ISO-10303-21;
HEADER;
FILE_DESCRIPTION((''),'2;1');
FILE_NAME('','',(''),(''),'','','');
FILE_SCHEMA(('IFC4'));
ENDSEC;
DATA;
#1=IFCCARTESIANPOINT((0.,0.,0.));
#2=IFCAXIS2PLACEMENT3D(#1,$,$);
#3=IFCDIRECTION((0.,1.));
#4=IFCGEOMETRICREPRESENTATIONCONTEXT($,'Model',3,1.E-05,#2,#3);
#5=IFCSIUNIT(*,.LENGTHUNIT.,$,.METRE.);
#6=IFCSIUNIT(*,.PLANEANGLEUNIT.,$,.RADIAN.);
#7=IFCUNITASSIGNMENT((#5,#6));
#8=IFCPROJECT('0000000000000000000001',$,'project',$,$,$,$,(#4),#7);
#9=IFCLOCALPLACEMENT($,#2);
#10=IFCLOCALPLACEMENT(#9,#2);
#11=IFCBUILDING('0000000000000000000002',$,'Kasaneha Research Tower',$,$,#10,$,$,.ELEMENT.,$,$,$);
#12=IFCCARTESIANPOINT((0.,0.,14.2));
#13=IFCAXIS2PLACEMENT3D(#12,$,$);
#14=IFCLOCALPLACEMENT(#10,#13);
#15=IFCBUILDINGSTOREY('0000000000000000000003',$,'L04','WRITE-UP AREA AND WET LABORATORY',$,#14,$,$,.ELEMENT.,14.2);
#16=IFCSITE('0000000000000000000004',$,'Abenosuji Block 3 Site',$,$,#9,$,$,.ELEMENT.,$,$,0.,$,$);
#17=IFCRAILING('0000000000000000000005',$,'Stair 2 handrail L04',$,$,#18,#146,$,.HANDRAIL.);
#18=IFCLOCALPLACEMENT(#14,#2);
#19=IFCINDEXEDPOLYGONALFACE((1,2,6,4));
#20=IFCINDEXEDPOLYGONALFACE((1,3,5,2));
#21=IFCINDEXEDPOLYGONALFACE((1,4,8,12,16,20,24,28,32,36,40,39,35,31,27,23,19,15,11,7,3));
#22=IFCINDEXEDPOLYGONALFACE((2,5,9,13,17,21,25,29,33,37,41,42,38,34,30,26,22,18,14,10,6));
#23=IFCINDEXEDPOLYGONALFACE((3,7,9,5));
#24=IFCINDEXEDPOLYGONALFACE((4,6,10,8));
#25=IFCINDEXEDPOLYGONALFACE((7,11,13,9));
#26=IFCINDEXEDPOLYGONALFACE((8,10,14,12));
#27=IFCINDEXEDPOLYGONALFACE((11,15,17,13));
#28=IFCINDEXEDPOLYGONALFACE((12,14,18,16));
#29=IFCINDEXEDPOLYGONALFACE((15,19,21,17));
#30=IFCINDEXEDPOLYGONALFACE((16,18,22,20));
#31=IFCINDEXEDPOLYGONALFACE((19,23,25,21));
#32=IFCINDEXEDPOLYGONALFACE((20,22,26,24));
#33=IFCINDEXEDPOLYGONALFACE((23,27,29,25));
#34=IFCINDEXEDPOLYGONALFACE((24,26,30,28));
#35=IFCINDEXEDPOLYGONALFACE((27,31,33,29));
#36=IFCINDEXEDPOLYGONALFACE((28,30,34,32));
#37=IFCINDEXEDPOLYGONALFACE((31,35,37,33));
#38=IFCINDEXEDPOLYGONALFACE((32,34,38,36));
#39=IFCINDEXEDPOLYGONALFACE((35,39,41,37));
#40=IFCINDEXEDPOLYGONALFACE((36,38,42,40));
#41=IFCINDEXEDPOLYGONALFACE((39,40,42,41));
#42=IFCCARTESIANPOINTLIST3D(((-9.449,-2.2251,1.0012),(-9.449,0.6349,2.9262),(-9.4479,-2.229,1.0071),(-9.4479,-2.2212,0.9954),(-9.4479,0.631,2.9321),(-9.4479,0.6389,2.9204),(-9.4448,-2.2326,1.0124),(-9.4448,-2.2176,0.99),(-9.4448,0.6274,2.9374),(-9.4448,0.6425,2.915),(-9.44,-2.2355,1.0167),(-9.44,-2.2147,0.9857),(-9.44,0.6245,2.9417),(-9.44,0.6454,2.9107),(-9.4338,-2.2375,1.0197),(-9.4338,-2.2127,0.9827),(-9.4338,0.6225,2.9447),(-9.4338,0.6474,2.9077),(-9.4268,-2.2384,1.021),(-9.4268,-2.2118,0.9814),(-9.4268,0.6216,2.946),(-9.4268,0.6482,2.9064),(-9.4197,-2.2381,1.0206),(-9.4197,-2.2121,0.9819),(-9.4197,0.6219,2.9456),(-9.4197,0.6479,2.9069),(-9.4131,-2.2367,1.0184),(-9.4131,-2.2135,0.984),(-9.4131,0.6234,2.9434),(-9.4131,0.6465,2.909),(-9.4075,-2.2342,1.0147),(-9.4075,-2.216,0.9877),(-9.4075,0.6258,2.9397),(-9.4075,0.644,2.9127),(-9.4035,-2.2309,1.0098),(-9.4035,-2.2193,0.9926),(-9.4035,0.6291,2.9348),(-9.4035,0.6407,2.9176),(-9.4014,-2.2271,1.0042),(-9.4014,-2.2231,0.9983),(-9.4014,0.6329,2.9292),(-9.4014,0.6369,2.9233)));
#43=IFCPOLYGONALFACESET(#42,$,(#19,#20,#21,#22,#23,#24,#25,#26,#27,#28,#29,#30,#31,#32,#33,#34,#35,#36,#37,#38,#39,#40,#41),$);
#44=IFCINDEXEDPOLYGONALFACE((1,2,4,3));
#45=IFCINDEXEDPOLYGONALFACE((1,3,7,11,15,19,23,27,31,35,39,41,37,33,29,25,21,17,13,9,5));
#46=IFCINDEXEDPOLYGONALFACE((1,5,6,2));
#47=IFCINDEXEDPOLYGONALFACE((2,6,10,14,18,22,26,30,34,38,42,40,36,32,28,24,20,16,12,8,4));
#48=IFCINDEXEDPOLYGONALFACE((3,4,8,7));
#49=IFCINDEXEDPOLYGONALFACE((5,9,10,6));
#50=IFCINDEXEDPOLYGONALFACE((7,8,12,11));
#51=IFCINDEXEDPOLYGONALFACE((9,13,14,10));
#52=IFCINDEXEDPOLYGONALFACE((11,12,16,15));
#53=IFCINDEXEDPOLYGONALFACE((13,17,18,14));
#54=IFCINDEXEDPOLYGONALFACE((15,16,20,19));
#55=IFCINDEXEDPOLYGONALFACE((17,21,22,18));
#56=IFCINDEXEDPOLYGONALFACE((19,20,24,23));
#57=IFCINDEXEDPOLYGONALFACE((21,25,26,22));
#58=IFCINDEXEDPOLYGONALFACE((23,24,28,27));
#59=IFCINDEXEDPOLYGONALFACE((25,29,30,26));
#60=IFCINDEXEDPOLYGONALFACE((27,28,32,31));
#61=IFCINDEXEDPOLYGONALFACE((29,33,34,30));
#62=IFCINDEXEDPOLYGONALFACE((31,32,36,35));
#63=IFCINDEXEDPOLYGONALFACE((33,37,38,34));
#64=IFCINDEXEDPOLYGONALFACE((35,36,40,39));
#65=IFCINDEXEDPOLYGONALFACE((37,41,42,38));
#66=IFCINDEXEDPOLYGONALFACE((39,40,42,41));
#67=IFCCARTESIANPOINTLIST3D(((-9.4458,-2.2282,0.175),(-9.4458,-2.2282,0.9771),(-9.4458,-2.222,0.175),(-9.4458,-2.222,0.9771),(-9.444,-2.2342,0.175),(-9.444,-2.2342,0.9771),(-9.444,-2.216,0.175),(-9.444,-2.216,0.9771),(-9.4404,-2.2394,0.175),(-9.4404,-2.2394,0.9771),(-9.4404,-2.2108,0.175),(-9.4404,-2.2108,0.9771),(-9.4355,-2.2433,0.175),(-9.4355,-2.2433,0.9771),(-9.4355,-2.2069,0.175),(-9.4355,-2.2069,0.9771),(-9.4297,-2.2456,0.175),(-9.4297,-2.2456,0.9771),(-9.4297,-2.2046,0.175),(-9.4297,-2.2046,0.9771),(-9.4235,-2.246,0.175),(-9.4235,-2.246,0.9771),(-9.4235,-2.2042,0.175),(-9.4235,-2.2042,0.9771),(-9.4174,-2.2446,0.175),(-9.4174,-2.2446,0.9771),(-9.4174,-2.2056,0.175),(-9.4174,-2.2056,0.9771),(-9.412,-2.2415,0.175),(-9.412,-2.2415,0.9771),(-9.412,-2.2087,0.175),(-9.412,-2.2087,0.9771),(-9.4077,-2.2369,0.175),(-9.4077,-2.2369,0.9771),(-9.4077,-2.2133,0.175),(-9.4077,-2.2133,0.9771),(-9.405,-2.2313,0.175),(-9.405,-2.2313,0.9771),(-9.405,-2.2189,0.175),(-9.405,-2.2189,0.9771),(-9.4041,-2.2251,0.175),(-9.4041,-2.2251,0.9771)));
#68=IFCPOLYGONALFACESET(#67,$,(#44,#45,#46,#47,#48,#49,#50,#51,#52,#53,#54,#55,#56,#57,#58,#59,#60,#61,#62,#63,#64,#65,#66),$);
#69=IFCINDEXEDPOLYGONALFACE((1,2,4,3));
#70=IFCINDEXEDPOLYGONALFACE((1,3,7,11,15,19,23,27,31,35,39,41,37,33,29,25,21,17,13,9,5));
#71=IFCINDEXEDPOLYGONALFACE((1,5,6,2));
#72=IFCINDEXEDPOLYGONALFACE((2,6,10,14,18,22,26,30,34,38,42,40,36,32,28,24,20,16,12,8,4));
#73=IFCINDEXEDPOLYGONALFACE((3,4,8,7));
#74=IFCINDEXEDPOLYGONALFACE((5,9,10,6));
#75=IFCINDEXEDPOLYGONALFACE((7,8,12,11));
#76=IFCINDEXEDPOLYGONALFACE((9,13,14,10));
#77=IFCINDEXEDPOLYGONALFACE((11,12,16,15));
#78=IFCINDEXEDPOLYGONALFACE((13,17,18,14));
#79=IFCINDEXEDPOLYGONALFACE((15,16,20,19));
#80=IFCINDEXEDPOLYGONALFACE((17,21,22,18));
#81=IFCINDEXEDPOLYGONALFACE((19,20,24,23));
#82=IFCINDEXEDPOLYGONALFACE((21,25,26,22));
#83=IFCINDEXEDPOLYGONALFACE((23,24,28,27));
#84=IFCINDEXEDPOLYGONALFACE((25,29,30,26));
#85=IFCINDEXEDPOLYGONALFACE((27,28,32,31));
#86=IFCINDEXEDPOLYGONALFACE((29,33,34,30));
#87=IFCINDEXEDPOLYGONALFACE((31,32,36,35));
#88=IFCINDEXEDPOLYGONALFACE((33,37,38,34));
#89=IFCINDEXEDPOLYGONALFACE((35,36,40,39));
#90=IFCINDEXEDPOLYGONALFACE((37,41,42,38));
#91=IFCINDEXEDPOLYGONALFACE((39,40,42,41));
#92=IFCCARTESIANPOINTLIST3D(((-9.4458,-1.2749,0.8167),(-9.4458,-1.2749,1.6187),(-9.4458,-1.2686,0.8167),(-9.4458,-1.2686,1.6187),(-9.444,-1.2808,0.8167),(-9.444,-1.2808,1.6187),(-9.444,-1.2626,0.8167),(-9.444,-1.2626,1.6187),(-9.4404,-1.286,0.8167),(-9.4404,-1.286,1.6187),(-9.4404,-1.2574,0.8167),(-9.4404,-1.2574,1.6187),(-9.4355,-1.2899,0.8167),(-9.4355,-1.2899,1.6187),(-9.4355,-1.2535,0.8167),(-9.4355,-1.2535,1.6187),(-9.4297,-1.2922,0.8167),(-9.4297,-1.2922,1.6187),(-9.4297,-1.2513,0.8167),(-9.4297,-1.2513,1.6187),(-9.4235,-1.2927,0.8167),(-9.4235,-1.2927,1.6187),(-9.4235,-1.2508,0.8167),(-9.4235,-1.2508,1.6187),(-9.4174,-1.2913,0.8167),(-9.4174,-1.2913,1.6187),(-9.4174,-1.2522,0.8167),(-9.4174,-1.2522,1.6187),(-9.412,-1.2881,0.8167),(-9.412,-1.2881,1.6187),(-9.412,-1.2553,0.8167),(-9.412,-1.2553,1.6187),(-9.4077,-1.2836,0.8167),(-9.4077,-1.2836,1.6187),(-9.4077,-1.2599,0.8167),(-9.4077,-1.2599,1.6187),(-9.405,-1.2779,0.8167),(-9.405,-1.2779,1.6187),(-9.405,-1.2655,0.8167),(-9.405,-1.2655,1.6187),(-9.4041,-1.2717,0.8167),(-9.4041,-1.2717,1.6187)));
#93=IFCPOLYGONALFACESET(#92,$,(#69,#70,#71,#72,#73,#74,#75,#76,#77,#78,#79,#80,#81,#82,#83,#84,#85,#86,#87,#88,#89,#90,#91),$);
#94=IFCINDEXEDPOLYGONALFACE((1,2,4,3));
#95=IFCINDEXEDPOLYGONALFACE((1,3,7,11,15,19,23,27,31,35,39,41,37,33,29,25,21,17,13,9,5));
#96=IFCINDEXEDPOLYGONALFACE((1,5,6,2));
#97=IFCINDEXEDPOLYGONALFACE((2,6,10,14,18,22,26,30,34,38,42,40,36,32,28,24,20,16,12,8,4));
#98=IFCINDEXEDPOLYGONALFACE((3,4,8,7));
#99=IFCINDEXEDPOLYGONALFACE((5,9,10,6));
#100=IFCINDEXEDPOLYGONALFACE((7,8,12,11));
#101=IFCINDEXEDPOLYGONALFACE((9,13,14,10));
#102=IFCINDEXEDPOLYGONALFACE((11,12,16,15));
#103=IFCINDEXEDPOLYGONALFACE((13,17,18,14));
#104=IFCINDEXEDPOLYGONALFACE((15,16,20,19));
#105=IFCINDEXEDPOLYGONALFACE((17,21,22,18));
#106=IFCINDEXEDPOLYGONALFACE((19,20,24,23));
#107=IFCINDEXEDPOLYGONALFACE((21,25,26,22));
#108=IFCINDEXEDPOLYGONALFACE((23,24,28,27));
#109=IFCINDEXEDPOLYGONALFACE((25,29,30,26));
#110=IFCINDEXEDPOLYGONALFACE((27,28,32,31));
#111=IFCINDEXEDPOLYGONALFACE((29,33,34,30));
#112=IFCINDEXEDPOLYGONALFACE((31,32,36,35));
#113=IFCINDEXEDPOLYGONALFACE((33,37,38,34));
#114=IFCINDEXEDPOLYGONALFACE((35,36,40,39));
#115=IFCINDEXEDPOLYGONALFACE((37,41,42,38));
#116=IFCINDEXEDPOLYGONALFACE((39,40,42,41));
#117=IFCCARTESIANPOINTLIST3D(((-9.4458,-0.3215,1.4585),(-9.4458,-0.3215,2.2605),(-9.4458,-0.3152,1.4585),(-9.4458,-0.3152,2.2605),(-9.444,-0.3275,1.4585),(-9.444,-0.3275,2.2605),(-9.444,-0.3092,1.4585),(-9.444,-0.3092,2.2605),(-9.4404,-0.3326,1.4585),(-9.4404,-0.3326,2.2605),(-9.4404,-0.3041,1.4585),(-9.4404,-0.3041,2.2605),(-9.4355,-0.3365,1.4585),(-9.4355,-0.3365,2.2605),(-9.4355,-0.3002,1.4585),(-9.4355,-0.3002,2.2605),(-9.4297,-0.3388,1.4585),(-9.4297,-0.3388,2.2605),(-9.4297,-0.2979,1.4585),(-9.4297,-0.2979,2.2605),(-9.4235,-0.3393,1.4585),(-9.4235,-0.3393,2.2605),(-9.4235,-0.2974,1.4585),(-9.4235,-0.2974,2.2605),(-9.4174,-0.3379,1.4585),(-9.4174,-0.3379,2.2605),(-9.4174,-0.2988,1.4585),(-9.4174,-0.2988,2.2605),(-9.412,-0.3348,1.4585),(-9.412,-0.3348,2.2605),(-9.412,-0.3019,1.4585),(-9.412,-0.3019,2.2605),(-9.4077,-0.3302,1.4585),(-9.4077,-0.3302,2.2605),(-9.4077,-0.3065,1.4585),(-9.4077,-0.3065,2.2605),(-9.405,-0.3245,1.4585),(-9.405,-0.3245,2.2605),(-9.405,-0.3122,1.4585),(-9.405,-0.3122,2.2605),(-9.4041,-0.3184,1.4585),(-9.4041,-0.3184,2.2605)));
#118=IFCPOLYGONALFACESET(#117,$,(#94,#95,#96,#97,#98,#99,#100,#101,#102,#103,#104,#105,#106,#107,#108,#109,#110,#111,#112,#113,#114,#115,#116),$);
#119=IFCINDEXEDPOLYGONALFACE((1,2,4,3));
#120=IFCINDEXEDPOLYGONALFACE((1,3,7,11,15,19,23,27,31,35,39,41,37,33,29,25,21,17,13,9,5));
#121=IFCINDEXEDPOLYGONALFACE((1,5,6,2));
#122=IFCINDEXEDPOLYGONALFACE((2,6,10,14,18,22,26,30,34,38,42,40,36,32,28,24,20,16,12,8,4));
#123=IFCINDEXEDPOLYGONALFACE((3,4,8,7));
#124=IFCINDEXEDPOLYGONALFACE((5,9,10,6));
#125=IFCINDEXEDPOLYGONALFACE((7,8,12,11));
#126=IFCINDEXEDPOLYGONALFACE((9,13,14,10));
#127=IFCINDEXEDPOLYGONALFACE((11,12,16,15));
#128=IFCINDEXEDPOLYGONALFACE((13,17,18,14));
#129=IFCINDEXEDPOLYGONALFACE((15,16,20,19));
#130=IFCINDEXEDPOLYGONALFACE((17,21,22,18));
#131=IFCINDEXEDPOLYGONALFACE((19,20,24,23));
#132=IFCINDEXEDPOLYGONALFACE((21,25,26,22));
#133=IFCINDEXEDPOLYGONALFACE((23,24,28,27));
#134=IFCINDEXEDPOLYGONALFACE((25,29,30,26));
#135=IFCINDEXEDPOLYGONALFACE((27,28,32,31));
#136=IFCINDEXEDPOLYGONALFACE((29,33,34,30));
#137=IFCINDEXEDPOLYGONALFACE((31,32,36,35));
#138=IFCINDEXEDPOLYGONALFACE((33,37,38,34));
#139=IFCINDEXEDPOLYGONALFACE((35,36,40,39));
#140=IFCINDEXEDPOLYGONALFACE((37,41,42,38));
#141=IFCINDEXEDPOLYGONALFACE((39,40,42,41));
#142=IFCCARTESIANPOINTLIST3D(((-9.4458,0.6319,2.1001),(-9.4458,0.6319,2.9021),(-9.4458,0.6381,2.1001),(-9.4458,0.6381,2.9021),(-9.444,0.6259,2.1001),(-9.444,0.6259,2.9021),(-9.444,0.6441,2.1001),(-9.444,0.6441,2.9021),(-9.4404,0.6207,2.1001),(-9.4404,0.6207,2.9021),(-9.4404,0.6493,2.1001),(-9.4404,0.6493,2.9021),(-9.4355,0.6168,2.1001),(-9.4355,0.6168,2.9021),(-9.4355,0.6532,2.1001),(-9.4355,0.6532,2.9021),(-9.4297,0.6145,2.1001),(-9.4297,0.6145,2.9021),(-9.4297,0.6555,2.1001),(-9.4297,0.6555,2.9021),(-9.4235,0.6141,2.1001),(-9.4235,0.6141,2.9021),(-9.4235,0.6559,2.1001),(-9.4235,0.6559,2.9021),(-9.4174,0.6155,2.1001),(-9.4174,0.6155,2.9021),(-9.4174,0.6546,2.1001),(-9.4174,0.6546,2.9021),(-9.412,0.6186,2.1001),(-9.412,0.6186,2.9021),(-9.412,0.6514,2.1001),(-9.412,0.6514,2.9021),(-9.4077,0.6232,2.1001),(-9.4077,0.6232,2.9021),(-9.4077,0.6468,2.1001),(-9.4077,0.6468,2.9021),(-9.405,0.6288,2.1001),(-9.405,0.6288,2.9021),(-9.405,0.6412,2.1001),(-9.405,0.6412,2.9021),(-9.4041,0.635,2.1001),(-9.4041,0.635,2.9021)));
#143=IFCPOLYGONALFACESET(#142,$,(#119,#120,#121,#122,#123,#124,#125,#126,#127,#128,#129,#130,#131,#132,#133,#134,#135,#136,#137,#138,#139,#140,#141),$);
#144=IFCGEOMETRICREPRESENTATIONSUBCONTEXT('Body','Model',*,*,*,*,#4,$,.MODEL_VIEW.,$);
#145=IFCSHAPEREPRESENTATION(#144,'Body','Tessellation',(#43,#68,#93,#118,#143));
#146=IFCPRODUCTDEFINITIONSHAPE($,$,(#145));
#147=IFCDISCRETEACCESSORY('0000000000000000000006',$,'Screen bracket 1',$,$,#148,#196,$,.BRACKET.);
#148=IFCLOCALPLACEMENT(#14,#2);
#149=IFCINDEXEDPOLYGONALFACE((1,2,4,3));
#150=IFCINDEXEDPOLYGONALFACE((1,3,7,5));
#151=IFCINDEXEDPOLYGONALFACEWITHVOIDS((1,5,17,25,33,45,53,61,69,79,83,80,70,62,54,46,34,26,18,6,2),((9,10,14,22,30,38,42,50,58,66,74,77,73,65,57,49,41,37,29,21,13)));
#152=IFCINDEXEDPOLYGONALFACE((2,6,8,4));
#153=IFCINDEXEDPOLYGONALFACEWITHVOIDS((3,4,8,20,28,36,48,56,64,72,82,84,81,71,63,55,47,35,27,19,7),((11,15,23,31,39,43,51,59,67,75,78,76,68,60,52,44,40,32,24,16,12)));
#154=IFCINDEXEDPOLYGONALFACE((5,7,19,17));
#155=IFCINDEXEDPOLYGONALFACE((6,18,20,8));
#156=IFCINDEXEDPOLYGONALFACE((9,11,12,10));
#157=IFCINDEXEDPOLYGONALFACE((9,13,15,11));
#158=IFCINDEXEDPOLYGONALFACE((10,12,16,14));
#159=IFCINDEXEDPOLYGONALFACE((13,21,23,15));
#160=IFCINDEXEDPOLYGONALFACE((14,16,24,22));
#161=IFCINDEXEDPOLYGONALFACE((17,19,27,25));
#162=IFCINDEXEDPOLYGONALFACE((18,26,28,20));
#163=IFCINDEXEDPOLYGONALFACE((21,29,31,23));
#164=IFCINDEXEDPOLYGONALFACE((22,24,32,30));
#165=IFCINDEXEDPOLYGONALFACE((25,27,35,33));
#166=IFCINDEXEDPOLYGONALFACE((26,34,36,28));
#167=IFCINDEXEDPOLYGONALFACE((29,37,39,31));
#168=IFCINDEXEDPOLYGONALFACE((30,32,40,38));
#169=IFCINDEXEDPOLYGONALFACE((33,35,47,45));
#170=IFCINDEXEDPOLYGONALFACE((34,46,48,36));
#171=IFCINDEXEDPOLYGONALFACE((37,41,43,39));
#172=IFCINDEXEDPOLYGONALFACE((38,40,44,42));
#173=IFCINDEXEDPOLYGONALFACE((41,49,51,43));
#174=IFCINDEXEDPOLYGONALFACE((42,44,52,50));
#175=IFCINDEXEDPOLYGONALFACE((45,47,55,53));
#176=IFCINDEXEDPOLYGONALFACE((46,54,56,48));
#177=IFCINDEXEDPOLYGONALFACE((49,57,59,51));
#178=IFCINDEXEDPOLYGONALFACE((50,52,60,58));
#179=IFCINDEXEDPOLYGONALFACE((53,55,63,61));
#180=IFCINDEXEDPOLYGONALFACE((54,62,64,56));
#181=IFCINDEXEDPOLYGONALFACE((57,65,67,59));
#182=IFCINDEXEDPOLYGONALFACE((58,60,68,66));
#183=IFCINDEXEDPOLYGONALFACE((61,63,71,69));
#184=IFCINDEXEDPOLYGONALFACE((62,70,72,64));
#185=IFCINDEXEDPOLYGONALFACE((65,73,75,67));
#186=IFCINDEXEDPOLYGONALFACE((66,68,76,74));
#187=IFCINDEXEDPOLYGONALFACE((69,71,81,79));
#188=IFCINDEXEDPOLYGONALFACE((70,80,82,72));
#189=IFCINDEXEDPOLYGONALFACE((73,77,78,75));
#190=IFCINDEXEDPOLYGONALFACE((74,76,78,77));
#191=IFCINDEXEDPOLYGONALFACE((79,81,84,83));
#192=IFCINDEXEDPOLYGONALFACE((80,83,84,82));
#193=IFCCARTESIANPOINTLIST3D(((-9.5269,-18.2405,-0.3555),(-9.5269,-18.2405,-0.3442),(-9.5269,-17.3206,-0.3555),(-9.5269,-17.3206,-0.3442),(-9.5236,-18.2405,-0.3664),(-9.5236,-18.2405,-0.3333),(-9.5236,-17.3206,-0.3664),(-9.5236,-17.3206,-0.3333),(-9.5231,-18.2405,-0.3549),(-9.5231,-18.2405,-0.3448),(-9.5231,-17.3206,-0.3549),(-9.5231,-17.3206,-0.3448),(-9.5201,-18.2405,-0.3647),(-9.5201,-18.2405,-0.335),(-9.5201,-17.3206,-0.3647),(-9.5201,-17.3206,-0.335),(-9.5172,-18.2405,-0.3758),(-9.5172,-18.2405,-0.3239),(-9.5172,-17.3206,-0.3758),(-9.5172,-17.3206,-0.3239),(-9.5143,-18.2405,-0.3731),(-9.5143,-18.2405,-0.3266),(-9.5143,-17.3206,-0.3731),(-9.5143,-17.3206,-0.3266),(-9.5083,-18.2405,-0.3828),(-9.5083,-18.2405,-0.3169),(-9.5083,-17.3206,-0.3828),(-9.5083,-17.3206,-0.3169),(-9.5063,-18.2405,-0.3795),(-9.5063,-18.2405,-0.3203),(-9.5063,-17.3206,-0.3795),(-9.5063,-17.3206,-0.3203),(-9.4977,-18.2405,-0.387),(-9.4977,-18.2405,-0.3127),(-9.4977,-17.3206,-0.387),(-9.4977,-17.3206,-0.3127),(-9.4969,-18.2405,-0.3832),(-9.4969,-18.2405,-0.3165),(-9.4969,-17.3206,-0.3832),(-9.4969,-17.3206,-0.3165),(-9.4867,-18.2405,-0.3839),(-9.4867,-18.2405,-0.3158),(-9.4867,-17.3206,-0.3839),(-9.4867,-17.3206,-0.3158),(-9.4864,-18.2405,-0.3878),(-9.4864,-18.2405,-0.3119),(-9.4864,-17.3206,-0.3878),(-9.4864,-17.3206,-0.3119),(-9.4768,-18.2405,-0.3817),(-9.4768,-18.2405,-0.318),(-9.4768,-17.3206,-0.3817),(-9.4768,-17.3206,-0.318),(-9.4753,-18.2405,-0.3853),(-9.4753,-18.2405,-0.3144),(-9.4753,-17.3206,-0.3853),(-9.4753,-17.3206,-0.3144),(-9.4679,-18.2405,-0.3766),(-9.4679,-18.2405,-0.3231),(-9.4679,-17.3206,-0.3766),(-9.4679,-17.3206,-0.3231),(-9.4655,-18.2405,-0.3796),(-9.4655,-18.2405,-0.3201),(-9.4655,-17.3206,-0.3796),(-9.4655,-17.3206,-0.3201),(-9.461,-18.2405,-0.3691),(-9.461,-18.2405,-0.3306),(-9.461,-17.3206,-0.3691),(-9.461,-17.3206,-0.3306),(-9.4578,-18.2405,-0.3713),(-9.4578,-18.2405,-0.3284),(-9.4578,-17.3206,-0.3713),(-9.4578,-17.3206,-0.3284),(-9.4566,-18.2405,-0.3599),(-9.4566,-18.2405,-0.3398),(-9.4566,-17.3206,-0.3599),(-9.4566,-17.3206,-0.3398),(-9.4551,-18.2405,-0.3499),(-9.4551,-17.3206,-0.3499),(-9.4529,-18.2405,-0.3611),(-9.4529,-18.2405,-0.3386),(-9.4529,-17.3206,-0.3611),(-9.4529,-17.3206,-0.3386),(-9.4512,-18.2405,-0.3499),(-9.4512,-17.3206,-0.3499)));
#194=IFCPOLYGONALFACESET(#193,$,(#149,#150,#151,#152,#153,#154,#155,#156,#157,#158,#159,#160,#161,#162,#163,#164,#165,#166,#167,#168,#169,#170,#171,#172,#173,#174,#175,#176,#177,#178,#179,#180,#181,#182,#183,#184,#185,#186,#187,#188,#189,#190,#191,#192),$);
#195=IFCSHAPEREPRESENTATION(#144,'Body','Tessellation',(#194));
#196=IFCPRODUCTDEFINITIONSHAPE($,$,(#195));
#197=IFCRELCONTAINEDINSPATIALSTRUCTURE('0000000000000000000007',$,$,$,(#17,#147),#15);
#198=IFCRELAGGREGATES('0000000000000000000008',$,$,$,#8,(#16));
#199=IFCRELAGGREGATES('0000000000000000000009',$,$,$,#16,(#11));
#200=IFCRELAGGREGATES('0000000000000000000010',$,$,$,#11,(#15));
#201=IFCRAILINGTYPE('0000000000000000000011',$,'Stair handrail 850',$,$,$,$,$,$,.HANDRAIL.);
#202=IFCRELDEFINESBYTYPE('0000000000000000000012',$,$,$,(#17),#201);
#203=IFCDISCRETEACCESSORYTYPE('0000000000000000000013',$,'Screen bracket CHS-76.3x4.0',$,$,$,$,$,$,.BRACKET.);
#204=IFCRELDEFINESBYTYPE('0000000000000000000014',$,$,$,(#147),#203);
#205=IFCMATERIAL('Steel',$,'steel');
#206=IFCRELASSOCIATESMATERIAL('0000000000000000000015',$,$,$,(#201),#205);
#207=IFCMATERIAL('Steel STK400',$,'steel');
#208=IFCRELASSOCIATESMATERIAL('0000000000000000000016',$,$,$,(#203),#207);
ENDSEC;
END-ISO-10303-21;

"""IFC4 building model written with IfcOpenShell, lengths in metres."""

from ifc_helpers import new_model, si_unit, direction, frame, origin, origin_2d, place, context, subcontext, project, spatial, circle, hollow_circle, extrude, material, material_profile, profile_set, type_object, element, save


model = new_model("IFC4")

# Units and contexts
model_context = context("Model", 3, precision=1e-05, world=origin(), true_north=direction((0.0, 1.0)))
body_context = subcontext(model_context, "Body", "Model", "MODEL_VIEW")
ifc_project = project(units=[si_unit("LENGTHUNIT", "METRE"), si_unit("PLANEANGLEUNIT", "RADIAN")], contexts=[model_context])

# Site, building, storey
site_placement = place(None, origin())
site = spatial("IfcSite", under=ifc_project, at=site_placement, Name="Abenosuji Block 3 Site", CompositionType="ELEMENT", RefElevation=0.0)
building_placement = place(site_placement, origin())
building = spatial("IfcBuilding", under=site, at=building_placement, Name="Kasaneha Research Tower", CompositionType="ELEMENT")
storey_placement = place(building_placement, frame((0.0, 0.0, 14.2)))
storey = spatial("IfcBuildingStorey", under=building, at=storey_placement, Name="L04", Description="WRITE-UP AREA AND WET LABORATORY", CompositionType="ELEMENT", Elevation=14.2)

# Railing
ifc_material_1 = material(Name="Steel", Category="steel")
railing_type = type_object("IfcRailingType", Name="Stair handrail 850", PredefinedType="HANDRAIL", material=ifc_material_1)
railing_placement = place(storey_placement, frame((-9.425, -2.2251, 0.175)))
element("IfcRailing", 1, at=railing_placement, inside=storey, type_object=railing_type, Name="Stair 2 handrail L04", PredefinedType="HANDRAIL", context=body_context, shape_type="SweptSolid", body=[
    extrude(circle(Radius=0.0239, at=origin_2d()), frame((0.0, 0.0, 0.8262), z_axis=(0.0, 0.829591, 0.558372), x_axis=(-1.0, 0.0, 0.0)), (0.0, 0.0, 1.0), 3.4475),
    extrude(circle(Radius=0.021, at=origin_2d()), origin(), (0.0, 0.0, 1.0), 0.802),
    extrude(circle(Radius=0.021, at=origin_2d()), frame((0.0, 0.9534, 0.6416)), (0.0, 0.0, 1.0), 0.802),
    extrude(circle(Radius=0.021, at=origin_2d()), frame((0.0, 1.9067, 1.2834)), (0.0, 0.0, 1.0), 0.802),
    extrude(circle(Radius=0.021, at=origin_2d()), frame((0.0, 2.8601, 1.925)), (0.0, 0.0, 1.0), 0.802),
])

# Discrete accessory
ifc_material_2 = material(Name="Steel STK400", Category="steel")
ifc_material_profile_1 = material_profile(ifc_material_2, hollow_circle(Radius=0.0381, WallThickness=0.0039, at=origin_2d()), Name="CHS-76.3x4.0")
ifc_profile_set_1 = profile_set([ifc_material_profile_1], Name="Steel STK400")
discrete_accessory_type = type_object("IfcDiscreteAccessoryType", Name="Screen bracket CHS-76.3x4.0", PredefinedType="BRACKET", material=ifc_profile_set_1)
discrete_accessory_placement = place(storey_placement, frame((-9.4893, -17.3206, -0.3499), z_axis=(0.0, -1.0, 0.0), x_axis=(1.0, 0.0, 0.0)))
element("IfcDiscreteAccessory", 2, at=discrete_accessory_placement, inside=storey, type_object=discrete_accessory_type, Name="Screen bracket 1", PredefinedType="BRACKET", context=body_context, shape_type="SweptSolid", body=[
    extrude(hollow_circle(Radius=0.0381, WallThickness=0.0039, at=origin_2d()), origin(), (0.0, 0.0, 1.0), 0.9199),
])

save(model, "model.ifc")
